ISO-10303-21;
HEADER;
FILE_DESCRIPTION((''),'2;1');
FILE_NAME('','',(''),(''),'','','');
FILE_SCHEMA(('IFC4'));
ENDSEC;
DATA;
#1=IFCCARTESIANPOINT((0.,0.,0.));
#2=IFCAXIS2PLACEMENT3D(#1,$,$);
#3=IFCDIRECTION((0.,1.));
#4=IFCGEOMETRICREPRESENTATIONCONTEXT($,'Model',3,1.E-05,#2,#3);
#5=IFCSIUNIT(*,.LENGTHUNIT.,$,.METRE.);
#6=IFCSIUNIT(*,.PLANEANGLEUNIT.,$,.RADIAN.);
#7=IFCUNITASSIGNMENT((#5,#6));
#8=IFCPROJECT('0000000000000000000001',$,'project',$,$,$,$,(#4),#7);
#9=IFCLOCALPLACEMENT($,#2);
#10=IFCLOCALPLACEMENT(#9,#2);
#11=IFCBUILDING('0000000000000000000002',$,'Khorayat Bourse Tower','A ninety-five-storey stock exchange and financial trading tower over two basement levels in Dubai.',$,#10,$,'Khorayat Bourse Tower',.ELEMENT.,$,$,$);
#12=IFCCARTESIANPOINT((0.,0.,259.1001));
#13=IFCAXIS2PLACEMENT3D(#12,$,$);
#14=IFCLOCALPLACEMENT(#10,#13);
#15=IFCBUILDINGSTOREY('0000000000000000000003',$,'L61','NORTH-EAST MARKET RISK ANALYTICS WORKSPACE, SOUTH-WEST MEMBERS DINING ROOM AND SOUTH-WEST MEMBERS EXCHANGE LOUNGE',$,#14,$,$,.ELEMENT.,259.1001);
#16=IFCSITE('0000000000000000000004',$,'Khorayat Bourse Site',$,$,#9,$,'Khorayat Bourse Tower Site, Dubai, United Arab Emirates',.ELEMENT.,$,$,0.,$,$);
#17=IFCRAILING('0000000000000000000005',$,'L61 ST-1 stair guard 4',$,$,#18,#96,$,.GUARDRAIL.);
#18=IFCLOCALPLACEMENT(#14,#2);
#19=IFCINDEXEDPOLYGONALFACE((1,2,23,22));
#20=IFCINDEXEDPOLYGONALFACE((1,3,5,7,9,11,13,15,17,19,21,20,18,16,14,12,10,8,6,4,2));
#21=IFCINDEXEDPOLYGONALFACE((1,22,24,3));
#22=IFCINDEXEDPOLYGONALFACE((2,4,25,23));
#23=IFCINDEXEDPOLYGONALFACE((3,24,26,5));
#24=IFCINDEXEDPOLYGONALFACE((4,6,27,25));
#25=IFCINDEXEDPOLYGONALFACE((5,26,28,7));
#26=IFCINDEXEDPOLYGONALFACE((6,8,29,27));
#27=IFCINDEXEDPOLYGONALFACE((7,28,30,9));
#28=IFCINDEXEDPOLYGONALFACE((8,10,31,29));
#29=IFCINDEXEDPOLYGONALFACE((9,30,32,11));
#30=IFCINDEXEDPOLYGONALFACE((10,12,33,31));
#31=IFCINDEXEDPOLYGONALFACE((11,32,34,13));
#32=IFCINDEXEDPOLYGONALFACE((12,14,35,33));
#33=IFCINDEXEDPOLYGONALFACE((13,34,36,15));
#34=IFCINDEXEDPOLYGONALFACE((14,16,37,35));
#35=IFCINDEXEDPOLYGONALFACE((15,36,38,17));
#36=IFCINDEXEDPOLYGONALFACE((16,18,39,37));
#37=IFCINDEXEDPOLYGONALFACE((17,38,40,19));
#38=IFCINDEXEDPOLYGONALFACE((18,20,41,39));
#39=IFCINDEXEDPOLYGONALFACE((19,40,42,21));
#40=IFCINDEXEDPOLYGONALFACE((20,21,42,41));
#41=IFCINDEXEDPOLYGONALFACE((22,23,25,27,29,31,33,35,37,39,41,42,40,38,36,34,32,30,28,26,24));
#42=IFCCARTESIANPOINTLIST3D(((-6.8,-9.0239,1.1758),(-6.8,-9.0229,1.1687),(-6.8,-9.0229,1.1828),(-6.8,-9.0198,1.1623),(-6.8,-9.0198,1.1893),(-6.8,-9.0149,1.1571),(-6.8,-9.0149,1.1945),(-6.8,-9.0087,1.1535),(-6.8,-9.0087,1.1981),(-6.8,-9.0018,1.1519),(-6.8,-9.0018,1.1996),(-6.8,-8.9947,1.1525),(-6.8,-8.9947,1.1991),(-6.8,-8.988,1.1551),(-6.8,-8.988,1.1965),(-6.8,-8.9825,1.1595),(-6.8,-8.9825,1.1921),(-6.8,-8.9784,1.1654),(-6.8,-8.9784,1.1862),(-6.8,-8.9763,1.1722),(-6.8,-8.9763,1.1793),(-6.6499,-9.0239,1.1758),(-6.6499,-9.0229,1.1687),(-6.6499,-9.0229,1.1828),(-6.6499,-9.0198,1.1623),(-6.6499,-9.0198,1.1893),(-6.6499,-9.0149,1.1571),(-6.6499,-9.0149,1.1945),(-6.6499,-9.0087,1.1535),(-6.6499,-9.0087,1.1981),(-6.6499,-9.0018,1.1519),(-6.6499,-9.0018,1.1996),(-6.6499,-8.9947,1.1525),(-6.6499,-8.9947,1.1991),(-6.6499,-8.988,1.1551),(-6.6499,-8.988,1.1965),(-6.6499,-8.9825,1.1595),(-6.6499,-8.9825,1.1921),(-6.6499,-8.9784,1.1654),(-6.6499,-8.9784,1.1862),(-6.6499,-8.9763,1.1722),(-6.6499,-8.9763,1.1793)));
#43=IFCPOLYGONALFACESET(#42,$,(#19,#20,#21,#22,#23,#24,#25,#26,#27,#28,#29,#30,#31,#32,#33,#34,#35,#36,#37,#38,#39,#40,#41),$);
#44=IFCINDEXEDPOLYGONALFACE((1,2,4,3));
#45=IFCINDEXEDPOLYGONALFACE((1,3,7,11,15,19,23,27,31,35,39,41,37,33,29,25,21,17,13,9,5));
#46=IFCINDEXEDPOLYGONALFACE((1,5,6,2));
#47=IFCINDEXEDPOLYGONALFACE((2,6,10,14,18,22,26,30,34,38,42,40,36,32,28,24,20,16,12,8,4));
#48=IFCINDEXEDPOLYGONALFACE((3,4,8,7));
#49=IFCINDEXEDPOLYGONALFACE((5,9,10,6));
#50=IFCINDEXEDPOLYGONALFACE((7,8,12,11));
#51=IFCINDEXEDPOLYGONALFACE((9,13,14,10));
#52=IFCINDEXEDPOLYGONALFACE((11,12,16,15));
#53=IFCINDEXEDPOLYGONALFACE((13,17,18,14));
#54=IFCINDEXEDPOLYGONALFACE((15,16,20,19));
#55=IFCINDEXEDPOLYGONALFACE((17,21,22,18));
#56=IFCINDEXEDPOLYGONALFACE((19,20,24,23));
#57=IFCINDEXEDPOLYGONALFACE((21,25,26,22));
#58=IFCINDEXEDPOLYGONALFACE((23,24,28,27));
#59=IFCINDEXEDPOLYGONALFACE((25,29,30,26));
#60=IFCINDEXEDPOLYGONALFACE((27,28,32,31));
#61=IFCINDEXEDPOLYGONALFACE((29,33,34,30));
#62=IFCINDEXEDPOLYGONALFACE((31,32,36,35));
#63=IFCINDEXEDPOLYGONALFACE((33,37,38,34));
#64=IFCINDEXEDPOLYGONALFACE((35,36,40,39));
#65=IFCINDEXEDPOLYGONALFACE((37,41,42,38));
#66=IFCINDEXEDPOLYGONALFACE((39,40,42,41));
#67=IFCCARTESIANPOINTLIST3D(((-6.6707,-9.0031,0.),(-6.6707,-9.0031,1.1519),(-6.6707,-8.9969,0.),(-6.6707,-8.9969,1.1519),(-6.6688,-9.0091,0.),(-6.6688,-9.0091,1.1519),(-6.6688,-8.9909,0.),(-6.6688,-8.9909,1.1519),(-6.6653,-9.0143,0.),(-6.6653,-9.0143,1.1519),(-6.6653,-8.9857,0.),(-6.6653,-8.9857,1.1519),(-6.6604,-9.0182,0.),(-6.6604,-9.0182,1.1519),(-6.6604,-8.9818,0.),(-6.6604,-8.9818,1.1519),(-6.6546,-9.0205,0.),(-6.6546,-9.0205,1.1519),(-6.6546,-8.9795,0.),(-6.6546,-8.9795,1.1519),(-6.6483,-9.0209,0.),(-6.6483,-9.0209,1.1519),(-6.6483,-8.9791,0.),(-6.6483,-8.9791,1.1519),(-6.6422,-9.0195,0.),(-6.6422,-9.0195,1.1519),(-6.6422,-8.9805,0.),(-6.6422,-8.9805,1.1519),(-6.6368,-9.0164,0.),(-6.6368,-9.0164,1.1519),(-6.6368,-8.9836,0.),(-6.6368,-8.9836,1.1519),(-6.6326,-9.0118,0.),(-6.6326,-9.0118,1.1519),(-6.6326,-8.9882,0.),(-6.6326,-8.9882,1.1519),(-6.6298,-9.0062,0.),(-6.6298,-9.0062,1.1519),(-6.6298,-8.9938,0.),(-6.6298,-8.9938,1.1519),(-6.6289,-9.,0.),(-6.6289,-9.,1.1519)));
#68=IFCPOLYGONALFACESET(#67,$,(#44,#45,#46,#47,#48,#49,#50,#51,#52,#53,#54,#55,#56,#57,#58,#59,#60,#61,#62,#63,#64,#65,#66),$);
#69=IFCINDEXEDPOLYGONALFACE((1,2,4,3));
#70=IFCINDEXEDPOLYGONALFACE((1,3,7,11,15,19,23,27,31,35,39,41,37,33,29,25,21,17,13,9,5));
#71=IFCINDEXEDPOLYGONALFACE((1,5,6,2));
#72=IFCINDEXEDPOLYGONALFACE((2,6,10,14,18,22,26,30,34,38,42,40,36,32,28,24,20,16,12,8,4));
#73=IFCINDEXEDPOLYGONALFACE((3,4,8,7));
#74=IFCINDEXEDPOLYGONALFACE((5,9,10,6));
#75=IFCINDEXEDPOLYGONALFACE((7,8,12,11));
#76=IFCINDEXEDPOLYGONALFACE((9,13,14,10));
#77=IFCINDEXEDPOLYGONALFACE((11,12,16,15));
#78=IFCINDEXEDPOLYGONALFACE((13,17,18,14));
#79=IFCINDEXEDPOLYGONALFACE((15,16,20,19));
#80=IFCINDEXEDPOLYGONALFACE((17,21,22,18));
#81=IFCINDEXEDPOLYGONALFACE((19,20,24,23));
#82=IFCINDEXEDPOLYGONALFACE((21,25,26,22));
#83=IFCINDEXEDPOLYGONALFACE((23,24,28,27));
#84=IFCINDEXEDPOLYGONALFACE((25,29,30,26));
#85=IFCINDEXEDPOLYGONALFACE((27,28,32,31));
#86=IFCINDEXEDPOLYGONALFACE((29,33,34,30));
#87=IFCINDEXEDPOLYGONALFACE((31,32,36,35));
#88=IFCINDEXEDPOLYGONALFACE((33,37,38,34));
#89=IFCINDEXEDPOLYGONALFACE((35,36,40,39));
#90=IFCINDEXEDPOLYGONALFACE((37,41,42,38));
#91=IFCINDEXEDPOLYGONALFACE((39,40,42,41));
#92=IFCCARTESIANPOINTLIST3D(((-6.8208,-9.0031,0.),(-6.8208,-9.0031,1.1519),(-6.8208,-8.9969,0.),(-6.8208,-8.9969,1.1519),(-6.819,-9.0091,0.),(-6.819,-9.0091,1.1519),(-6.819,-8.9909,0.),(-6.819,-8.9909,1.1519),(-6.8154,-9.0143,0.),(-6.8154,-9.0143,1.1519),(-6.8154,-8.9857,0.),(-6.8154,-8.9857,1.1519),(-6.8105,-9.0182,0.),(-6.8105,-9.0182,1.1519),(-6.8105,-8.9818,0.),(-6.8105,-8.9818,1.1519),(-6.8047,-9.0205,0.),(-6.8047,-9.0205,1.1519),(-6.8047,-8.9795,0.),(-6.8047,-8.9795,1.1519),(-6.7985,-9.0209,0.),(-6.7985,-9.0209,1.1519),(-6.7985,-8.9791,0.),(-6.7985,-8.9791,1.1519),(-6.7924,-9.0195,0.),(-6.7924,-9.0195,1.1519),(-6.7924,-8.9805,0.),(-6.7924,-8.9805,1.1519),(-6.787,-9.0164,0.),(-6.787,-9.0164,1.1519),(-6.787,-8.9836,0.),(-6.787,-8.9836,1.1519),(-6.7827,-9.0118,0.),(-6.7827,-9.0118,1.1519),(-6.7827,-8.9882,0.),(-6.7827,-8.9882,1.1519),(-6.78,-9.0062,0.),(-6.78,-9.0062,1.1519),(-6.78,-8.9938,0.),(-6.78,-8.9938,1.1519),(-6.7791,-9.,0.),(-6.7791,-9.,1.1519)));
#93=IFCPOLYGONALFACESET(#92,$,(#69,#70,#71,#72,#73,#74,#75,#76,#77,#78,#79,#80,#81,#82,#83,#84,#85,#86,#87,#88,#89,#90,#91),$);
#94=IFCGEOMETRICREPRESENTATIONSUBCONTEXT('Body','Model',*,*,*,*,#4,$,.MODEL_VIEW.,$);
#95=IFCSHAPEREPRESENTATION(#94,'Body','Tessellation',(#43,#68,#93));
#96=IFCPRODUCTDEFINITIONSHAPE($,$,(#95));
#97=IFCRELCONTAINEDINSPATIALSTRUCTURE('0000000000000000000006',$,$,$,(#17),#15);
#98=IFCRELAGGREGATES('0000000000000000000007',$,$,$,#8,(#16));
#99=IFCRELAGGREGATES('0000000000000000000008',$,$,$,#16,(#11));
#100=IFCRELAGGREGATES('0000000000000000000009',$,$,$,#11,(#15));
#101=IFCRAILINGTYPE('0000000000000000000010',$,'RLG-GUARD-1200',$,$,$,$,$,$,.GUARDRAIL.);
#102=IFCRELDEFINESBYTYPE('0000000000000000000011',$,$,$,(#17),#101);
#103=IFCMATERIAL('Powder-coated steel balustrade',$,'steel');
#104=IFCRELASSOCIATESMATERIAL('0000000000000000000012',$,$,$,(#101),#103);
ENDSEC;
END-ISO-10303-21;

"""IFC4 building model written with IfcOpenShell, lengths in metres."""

from ifc_helpers import new_model, si_unit, direction, frame, origin, origin_2d, place, context, subcontext, project, spatial, circle, extrude, source, transform, mapped, material, type_object, element, save


model = new_model("IFC4")

# Units and contexts
model_context = context("Model", 3, precision=1e-05, world=origin(), true_north=direction((0.0, 1.0)))
body_context = subcontext(model_context, "Body", "Model", "MODEL_VIEW")
ifc_project = project(units=[si_unit("LENGTHUNIT", "METRE"), si_unit("PLANEANGLEUNIT", "RADIAN")], contexts=[model_context])

# Site, building, storey
site_placement = place(None, origin())
site = spatial("IfcSite", under=ifc_project, at=site_placement, Name="Khorayat Bourse Site", LongName="Khorayat Bourse Tower Site, Dubai, United Arab Emirates", CompositionType="ELEMENT", RefElevation=0.0)
building_placement = place(site_placement, origin())
building = spatial("IfcBuilding", under=site, at=building_placement, Name="Khorayat Bourse Tower", Description="A ninety-five-storey stock exchange and financial trading tower over two basement levels in Dubai.", LongName="Khorayat Bourse Tower", CompositionType="ELEMENT")
storey_placement = place(building_placement, frame((0.0, 0.0, 259.1001)))
storey = spatial("IfcBuildingStorey", under=building, at=storey_placement, Name="L61", Description="NORTH-EAST MARKET RISK ANALYTICS WORKSPACE, SOUTH-WEST MEMBERS DINING ROOM AND SOUTH-WEST MEMBERS EXCHANGE LOUNGE", CompositionType="ELEMENT", Elevation=259.1001)

# Railing
ifc_material_1 = material(Name="Powder-coated steel balustrade", Category="steel")
railing_type_1 = type_object("IfcRailingType", Name="RLG-GUARD-1200", PredefinedType="GUARDRAIL", material=ifc_material_1)
shared_shape_1 = source(origin(), body_context, "Body", "SweptSolid", [
    extrude(circle(Radius=0.0239, at=origin_2d()), frame((0.0, 0.0, 1.1758), z_axis=(-1.0, 0.0, 0.0), x_axis=(0.0, -1.0, 0.0)), (0.0, 0.0, 1.0), 0.1501),
    extrude(circle(Radius=0.021, at=origin_2d()), origin(), (0.0, 0.0, 1.0), 1.1519),
    extrude(circle(Radius=0.021, at=origin_2d()), frame((-0.1501, 0.0, 0.0)), (0.0, 0.0, 1.0), 1.1519),
])
for number, where, name in (
    (1, (-6.6499, -9.0, 0.0), "L61 ST-1 stair guard 4"),
):
    element("IfcRailing", number, at=place(storey_placement, frame(where)), inside=storey, type_object=railing_type_1, Name=name, PredefinedType="GUARDRAIL", context=body_context, shape_type="MappedRepresentation", body=[
        mapped(shared_shape_1, transform((0.0, 0.0, 0.0), scale=1.0)),
    ])

save(model, "model.ifc")
